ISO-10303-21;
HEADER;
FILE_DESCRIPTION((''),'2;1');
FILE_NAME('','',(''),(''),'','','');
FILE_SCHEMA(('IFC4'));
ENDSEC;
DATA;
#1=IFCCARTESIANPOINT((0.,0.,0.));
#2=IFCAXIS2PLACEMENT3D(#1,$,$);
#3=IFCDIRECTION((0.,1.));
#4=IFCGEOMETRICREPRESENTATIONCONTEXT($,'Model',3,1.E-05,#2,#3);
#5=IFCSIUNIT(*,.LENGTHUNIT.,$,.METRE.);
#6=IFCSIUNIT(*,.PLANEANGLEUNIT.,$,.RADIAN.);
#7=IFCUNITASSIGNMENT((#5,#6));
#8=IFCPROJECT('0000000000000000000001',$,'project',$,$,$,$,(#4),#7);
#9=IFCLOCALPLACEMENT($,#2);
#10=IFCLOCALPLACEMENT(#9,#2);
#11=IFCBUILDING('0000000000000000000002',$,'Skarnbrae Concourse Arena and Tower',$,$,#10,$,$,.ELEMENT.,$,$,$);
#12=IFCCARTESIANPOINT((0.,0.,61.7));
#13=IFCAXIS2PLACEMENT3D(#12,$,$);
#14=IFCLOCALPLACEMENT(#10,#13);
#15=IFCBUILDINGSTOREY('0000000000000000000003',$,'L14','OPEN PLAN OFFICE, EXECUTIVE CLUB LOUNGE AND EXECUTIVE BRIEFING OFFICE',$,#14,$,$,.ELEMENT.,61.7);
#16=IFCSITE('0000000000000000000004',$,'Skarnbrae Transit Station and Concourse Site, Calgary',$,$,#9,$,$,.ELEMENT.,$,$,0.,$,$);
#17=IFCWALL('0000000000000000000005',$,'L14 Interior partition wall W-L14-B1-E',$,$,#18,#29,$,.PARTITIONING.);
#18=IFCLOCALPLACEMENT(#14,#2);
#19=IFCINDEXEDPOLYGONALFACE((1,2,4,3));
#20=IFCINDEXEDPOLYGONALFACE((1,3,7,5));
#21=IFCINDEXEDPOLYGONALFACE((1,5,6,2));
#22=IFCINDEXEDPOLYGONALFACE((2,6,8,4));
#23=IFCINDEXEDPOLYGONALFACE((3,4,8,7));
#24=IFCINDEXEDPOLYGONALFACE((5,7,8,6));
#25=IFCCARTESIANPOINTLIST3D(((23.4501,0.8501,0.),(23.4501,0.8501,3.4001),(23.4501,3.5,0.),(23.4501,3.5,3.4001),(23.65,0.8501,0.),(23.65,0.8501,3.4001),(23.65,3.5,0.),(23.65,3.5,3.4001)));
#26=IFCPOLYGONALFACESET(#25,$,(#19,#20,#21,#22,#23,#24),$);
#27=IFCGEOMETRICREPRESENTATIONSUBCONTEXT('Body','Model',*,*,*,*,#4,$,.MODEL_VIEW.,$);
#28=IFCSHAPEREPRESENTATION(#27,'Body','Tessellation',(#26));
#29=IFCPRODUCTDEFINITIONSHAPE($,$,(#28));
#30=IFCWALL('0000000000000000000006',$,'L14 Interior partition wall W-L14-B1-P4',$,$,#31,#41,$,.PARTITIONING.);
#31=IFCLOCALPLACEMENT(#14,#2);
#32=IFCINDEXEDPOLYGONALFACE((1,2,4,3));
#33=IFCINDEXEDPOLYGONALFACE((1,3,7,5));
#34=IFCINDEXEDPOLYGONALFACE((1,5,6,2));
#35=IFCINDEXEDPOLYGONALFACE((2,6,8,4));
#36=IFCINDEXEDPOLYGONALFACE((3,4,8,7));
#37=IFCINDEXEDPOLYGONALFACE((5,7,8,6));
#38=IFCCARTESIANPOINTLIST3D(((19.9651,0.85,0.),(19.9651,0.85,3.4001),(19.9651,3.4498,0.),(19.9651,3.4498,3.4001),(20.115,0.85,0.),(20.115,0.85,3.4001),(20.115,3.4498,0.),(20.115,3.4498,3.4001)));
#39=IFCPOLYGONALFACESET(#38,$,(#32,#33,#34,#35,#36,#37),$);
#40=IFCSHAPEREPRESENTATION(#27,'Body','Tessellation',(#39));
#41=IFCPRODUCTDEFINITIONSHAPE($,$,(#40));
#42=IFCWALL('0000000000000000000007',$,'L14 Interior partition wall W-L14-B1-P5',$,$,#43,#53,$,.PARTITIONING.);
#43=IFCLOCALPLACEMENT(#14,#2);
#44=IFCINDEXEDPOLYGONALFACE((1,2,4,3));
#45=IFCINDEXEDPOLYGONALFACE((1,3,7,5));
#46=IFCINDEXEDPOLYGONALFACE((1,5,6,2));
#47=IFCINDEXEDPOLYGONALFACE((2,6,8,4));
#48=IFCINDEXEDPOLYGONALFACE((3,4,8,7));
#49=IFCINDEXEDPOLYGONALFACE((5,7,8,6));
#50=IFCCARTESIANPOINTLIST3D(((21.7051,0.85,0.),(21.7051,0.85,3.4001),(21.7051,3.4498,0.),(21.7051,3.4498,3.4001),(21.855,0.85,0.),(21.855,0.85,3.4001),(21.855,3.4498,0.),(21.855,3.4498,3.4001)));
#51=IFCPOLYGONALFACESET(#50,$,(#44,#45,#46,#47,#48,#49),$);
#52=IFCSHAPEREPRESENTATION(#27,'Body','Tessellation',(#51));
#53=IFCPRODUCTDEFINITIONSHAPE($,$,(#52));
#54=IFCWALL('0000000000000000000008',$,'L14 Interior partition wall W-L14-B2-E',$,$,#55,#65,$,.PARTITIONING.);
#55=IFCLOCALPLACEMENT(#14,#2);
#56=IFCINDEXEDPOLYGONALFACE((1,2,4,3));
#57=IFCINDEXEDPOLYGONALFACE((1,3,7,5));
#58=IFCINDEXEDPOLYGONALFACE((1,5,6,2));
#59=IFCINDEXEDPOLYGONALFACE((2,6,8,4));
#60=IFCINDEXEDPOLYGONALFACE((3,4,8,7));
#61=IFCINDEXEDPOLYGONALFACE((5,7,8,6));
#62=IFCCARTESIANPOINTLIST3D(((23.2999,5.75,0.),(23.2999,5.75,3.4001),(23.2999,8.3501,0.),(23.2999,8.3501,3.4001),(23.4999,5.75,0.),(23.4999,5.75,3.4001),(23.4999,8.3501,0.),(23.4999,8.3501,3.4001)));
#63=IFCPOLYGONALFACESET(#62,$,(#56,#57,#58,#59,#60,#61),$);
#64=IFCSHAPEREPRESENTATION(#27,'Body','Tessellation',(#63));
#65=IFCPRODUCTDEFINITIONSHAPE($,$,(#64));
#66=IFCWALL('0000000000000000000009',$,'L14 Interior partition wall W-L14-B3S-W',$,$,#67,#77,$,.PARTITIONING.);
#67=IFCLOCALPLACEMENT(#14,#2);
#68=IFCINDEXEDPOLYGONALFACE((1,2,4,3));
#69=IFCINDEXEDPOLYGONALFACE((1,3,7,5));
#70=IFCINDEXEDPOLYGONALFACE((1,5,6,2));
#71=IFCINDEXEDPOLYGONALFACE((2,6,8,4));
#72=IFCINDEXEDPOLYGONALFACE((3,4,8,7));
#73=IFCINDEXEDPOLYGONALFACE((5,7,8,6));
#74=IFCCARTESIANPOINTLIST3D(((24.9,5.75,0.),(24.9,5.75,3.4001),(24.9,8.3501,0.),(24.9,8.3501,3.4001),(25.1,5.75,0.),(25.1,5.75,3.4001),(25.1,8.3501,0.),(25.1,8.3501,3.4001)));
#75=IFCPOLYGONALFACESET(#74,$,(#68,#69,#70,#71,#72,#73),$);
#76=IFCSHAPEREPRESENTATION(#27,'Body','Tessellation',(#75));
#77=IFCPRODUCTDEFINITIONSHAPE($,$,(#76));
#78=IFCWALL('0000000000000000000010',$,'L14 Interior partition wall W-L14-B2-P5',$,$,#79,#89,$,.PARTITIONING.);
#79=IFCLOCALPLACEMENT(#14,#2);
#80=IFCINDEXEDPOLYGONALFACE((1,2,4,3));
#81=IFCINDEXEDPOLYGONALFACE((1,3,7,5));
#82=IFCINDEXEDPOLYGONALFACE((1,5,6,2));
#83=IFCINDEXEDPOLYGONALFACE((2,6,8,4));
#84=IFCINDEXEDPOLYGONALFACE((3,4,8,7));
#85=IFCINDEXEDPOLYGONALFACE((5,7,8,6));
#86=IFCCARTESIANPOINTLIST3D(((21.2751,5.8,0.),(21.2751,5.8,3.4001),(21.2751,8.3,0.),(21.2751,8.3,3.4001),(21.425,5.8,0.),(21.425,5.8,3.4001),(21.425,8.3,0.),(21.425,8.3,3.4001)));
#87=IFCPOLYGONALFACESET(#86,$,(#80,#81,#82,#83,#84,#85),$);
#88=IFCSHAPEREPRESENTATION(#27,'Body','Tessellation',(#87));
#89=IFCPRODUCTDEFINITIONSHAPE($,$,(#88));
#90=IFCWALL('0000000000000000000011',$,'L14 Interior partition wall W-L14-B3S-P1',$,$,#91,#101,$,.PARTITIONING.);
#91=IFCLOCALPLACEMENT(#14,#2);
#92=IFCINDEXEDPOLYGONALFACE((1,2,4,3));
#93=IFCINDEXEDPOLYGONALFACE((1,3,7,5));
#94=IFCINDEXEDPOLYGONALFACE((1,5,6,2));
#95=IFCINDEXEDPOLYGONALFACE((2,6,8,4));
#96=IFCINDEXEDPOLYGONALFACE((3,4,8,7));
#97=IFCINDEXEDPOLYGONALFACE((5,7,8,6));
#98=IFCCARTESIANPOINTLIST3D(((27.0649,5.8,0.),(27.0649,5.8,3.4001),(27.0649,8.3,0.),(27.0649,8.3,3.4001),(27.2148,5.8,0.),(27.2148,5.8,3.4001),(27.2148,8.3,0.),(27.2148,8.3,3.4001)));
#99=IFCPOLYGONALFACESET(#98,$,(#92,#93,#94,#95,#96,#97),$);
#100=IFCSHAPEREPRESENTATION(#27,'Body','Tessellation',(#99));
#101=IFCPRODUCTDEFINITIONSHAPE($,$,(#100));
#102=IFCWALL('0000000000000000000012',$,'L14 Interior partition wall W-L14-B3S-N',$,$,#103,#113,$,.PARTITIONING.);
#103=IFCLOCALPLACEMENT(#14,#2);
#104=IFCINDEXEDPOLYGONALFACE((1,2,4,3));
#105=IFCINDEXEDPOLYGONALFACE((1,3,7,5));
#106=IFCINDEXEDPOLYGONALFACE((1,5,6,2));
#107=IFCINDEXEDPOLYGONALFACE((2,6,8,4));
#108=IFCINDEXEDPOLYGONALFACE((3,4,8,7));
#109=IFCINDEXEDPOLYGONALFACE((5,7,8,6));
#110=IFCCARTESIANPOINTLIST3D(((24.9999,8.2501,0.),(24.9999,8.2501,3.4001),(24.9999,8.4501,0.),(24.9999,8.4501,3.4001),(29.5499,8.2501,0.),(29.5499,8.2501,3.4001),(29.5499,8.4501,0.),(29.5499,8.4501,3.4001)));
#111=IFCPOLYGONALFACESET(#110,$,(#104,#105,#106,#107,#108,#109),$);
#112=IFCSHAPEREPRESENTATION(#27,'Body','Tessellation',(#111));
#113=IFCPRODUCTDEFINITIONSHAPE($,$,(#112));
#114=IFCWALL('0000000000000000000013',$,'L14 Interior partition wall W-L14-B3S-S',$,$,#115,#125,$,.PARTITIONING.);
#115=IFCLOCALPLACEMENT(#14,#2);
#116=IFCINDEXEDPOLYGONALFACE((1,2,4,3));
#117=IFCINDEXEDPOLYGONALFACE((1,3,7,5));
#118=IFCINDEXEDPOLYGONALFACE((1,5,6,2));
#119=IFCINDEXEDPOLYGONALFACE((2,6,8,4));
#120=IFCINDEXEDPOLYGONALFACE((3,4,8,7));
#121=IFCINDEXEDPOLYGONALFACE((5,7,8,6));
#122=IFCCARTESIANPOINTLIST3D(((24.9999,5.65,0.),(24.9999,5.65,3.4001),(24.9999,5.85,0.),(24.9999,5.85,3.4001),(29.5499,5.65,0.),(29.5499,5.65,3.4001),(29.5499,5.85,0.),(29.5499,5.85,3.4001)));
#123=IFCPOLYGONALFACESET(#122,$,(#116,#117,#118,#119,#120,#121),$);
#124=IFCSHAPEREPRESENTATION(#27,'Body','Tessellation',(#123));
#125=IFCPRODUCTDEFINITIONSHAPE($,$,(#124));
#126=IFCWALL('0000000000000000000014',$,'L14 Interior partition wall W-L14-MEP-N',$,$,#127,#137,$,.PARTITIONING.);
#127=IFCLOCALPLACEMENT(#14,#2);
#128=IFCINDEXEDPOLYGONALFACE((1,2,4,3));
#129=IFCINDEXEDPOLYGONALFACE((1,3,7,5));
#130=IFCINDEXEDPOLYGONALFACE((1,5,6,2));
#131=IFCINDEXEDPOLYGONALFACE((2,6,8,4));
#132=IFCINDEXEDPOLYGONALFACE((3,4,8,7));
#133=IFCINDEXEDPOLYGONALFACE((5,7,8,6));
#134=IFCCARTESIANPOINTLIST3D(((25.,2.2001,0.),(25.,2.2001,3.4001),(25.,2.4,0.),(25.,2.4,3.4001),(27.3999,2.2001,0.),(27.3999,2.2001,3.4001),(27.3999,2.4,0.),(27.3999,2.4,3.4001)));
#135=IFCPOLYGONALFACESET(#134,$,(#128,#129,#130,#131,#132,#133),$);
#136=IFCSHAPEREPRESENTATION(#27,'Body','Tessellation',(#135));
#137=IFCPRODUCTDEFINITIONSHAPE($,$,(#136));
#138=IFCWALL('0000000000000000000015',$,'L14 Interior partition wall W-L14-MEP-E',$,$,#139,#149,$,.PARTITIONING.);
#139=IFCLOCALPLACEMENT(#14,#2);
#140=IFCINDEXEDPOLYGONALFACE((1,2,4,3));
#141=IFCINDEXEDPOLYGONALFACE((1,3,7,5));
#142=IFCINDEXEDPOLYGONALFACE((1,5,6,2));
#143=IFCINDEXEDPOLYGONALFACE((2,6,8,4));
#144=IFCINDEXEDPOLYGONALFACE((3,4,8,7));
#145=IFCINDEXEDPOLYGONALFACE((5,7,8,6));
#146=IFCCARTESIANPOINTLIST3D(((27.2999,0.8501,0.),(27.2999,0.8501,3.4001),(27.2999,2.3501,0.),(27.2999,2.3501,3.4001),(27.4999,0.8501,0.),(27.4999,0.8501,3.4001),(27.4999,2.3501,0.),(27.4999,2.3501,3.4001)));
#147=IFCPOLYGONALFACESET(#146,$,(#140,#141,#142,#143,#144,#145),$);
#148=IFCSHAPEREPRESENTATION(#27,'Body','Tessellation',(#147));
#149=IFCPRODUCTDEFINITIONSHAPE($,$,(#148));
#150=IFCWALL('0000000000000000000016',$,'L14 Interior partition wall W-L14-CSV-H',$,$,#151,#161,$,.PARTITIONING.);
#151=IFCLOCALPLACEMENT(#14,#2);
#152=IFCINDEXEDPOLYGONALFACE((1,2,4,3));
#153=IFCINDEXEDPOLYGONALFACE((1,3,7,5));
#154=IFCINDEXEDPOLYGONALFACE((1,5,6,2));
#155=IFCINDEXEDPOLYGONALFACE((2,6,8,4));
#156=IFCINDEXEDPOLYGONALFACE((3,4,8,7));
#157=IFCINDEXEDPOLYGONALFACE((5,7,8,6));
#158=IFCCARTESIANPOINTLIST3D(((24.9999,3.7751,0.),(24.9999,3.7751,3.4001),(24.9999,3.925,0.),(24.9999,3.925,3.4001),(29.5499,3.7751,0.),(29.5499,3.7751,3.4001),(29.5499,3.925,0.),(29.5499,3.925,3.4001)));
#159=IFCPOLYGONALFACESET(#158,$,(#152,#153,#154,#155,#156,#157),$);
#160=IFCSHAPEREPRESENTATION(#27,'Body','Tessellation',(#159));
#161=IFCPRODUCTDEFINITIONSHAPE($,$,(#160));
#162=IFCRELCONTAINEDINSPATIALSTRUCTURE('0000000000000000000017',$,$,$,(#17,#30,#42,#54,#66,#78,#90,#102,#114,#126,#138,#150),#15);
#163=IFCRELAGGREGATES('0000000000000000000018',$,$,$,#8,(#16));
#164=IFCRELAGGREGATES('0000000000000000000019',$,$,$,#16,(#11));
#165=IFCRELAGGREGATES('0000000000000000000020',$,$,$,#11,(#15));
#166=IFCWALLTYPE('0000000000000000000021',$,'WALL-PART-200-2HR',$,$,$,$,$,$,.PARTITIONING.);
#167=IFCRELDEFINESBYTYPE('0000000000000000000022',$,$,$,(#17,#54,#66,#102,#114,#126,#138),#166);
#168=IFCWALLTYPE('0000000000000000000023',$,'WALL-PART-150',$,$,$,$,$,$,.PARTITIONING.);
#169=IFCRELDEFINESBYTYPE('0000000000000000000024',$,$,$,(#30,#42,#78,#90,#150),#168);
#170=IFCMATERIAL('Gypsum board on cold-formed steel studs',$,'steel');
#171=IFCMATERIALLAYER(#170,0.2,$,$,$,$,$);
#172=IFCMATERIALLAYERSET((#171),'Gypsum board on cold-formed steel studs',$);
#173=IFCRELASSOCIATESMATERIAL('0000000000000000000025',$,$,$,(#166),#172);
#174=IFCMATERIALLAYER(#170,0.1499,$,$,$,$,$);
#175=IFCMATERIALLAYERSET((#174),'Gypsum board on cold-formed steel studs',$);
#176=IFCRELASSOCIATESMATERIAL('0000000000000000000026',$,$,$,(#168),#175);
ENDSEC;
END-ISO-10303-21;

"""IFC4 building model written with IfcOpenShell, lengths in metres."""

from ifc_helpers import new_model, si_unit, direction, frame, frame_2d, origin, place, context, subcontext, project, spatial, rectangle, extrude, source, transform, mapped, material, layer, layer_set, type_object, element, save


model = new_model("IFC4")

# Units and contexts
model_context = context("Model", 3, precision=1e-05, world=origin(), true_north=direction((0.0, 1.0)))
body_context = subcontext(model_context, "Body", "Model", "MODEL_VIEW")
ifc_project = project(units=[si_unit("LENGTHUNIT", "METRE"), si_unit("PLANEANGLEUNIT", "RADIAN")], contexts=[model_context])

# Site, building, storey
site_placement = place(None, origin())
site = spatial("IfcSite", under=ifc_project, at=site_placement, Name="Skarnbrae Transit Station and Concourse Site, Calgary", CompositionType="ELEMENT", RefElevation=0.0)
building_placement = place(site_placement, origin())
building = spatial("IfcBuilding", under=site, at=building_placement, Name="Skarnbrae Concourse Arena and Tower", CompositionType="ELEMENT")
storey_placement = place(building_placement, frame((0.0, 0.0, 61.7)))
storey = spatial("IfcBuildingStorey", under=building, at=storey_placement, Name="L14", Description="OPEN PLAN OFFICE, EXECUTIVE CLUB LOUNGE AND EXECUTIVE BRIEFING OFFICE", CompositionType="ELEMENT", Elevation=61.7)

# Walls
ifc_material_1 = material(Name="Gypsum board on cold-formed steel studs", Category="steel")
ifc_layer_1 = layer(ifc_material_1, 0.2)
ifc_layer_set_1 = layer_set([ifc_layer_1], Name="Gypsum board on cold-formed steel studs")
wall_type_1 = type_object("IfcWallType", Name="WALL-PART-200-2HR", PredefinedType="PARTITIONING", material=ifc_layer_set_1)
shared_shape_1 = source(origin(), body_context, "Body", "SweptSolid", [
    extrude(rectangle(XDim=2.6499, YDim=0.2, at=frame_2d((1.325, 0.0))), origin(), (0.0, 0.0, 1.0), 3.4001),
])
wall_1_placement = place(storey_placement, frame((23.55, 0.8501, 0.0), z_axis=(0.0, 0.0, 1.0), x_axis=(0.0, 1.0, 0.0)))
element("IfcWall", 1, at=wall_1_placement, inside=storey, type_object=wall_type_1, Name="L14 Interior partition wall W-L14-B1-E", PredefinedType="PARTITIONING", context=body_context, shape_type="MappedRepresentation", body=[
    mapped(shared_shape_1, transform((0.0, 0.0, 0.0))),
])
ifc_layer_2 = layer(ifc_material_1, 0.1499)
ifc_layer_set_2 = layer_set([ifc_layer_2], Name="Gypsum board on cold-formed steel studs")
wall_type_2 = type_object("IfcWallType", Name="WALL-PART-150", PredefinedType="PARTITIONING", material=ifc_layer_set_2)
shared_shape_2 = source(origin(), body_context, "Body", "SweptSolid", [
    extrude(rectangle(XDim=2.5999, YDim=0.1499, at=frame_2d((1.2998, 0.0))), origin(), (0.0, 0.0, 1.0), 3.4001),
])
for number, where, z_axis, x_axis, name in (
    (2, (20.04, 0.8501, 0.0), (0.0, 0.0, 1.0), (0.0, 1.0, 0.0), "L14 Interior partition wall W-L14-B1-P4"),
    (3, (21.78, 0.8501, 0.0), (0.0, 0.0, 1.0), (0.0, 1.0, 0.0), "L14 Interior partition wall W-L14-B1-P5"),
):
    element("IfcWall", number, at=place(storey_placement, frame(where, z_axis=z_axis, x_axis=x_axis)), inside=storey, type_object=wall_type_2, Name=name, PredefinedType="PARTITIONING", context=body_context, shape_type="MappedRepresentation", body=[
        mapped(shared_shape_2, transform((0.0, 0.0, 0.0))),
    ])
shared_shape_3 = source(origin(), body_context, "Body", "SweptSolid", [
    extrude(rectangle(XDim=2.6001, YDim=0.2, at=frame_2d((1.3, 0.0))), origin(), (0.0, 0.0, 1.0), 3.4001),
])
for number, where, z_axis, x_axis, name in (
    (4, (23.3999, 5.75, 0.0), (0.0, 0.0, 1.0), (0.0, 1.0, 0.0), "L14 Interior partition wall W-L14-B2-E"),
    (5, (25.0, 5.75, 0.0), (0.0, 0.0, 1.0), (0.0, 1.0, 0.0), "L14 Interior partition wall W-L14-B3S-W"),
):
    element("IfcWall", number, at=place(storey_placement, frame(where, z_axis=z_axis, x_axis=x_axis)), inside=storey, type_object=wall_type_1, Name=name, PredefinedType="PARTITIONING", context=body_context, shape_type="MappedRepresentation", body=[
        mapped(shared_shape_3, transform((0.0, 0.0, 0.0))),
    ])
shared_shape_4 = source(origin(), body_context, "Body", "SweptSolid", [
    extrude(rectangle(XDim=2.5, YDim=0.1499, at=frame_2d((1.25, 0.0))), origin(), (0.0, 0.0, 1.0), 3.4001),
])
for number, where, z_axis, x_axis, name in (
    (6, (21.3501, 5.8, 0.0), (0.0, 0.0, 1.0), (0.0, 1.0, 0.0), "L14 Interior partition wall W-L14-B2-P5"),
    (7, (27.1399, 5.8, 0.0), (0.0, 0.0, 1.0), (0.0, 1.0, 0.0), "L14 Interior partition wall W-L14-B3S-P1"),
):
    element("IfcWall", number, at=place(storey_placement, frame(where, z_axis=z_axis, x_axis=x_axis)), inside=storey, type_object=wall_type_2, Name=name, PredefinedType="PARTITIONING", context=body_context, shape_type="MappedRepresentation", body=[
        mapped(shared_shape_4, transform((0.0, 0.0, 0.0))),
    ])
shared_shape_5 = source(origin(), body_context, "Body", "SweptSolid", [
    extrude(rectangle(XDim=4.55, YDim=0.2, at=frame_2d((2.2749, 0.0))), origin(), (0.0, 0.0, 1.0), 3.4001),
])
for number, where, z_axis, x_axis, name in (
    (8, (25.0, 8.3501, 0.0), (0.0, 0.0, 1.0), (1.0, 0.0, 0.0), "L14 Interior partition wall W-L14-B3S-N"),
    (9, (25.0, 5.75, 0.0), (0.0, 0.0, 1.0), (1.0, 0.0, 0.0), "L14 Interior partition wall W-L14-B3S-S"),
):
    element("IfcWall", number, at=place(storey_placement, frame(where, z_axis=z_axis, x_axis=x_axis)), inside=storey, type_object=wall_type_1, Name=name, PredefinedType="PARTITIONING", context=body_context, shape_type="MappedRepresentation", body=[
        mapped(shared_shape_5, transform((0.0, 0.0, 0.0))),
    ])

# Walls
shared_shape_6 = source(origin(), body_context, "Body", "SweptSolid", [
    extrude(rectangle(XDim=2.3999, YDim=0.2, at=frame_2d((1.2, 0.0))), origin(), (0.0, 0.0, 1.0), 3.4001),
])
wall_2_placement = place(storey_placement, frame((25.0, 2.3, 0.0), z_axis=(0.0, 0.0, 1.0), x_axis=(1.0, 0.0, 0.0)))
element("IfcWall", 10, at=wall_2_placement, inside=storey, type_object=wall_type_1, Name="L14 Interior partition wall W-L14-MEP-N", PredefinedType="PARTITIONING", context=body_context, shape_type="MappedRepresentation", body=[
    mapped(shared_shape_6, transform((0.0, 0.0, 0.0))),
])
shared_shape_7 = source(origin(), body_context, "Body", "SweptSolid", [
    extrude(rectangle(XDim=1.5, YDim=0.2, at=frame_2d((0.75, 0.0))), origin(), (0.0, 0.0, 1.0), 3.4001),
])
wall_3_placement = place(storey_placement, frame((27.3999, 0.8501, 0.0), z_axis=(0.0, 0.0, 1.0), x_axis=(0.0, 1.0, 0.0)))
element("IfcWall", 11, at=wall_3_placement, inside=storey, type_object=wall_type_1, Name="L14 Interior partition wall W-L14-MEP-E", PredefinedType="PARTITIONING", context=body_context, shape_type="MappedRepresentation", body=[
    mapped(shared_shape_7, transform((0.0, 0.0, 0.0))),
])
shared_shape_8 = source(origin(), body_context, "Body", "SweptSolid", [
    extrude(rectangle(XDim=4.55, YDim=0.1499, at=frame_2d((2.2749, 0.0))), origin(), (0.0, 0.0, 1.0), 3.4001),
])
wall_4_placement = place(storey_placement, frame((25.0, 3.8501, 0.0), z_axis=(0.0, 0.0, 1.0), x_axis=(1.0, 0.0, 0.0)))
element("IfcWall", 12, at=wall_4_placement, inside=storey, type_object=wall_type_2, Name="L14 Interior partition wall W-L14-CSV-H", PredefinedType="PARTITIONING", context=body_context, shape_type="MappedRepresentation", body=[
    mapped(shared_shape_8, transform((0.0, 0.0, 0.0))),
])

save(model, "model.ifc")
